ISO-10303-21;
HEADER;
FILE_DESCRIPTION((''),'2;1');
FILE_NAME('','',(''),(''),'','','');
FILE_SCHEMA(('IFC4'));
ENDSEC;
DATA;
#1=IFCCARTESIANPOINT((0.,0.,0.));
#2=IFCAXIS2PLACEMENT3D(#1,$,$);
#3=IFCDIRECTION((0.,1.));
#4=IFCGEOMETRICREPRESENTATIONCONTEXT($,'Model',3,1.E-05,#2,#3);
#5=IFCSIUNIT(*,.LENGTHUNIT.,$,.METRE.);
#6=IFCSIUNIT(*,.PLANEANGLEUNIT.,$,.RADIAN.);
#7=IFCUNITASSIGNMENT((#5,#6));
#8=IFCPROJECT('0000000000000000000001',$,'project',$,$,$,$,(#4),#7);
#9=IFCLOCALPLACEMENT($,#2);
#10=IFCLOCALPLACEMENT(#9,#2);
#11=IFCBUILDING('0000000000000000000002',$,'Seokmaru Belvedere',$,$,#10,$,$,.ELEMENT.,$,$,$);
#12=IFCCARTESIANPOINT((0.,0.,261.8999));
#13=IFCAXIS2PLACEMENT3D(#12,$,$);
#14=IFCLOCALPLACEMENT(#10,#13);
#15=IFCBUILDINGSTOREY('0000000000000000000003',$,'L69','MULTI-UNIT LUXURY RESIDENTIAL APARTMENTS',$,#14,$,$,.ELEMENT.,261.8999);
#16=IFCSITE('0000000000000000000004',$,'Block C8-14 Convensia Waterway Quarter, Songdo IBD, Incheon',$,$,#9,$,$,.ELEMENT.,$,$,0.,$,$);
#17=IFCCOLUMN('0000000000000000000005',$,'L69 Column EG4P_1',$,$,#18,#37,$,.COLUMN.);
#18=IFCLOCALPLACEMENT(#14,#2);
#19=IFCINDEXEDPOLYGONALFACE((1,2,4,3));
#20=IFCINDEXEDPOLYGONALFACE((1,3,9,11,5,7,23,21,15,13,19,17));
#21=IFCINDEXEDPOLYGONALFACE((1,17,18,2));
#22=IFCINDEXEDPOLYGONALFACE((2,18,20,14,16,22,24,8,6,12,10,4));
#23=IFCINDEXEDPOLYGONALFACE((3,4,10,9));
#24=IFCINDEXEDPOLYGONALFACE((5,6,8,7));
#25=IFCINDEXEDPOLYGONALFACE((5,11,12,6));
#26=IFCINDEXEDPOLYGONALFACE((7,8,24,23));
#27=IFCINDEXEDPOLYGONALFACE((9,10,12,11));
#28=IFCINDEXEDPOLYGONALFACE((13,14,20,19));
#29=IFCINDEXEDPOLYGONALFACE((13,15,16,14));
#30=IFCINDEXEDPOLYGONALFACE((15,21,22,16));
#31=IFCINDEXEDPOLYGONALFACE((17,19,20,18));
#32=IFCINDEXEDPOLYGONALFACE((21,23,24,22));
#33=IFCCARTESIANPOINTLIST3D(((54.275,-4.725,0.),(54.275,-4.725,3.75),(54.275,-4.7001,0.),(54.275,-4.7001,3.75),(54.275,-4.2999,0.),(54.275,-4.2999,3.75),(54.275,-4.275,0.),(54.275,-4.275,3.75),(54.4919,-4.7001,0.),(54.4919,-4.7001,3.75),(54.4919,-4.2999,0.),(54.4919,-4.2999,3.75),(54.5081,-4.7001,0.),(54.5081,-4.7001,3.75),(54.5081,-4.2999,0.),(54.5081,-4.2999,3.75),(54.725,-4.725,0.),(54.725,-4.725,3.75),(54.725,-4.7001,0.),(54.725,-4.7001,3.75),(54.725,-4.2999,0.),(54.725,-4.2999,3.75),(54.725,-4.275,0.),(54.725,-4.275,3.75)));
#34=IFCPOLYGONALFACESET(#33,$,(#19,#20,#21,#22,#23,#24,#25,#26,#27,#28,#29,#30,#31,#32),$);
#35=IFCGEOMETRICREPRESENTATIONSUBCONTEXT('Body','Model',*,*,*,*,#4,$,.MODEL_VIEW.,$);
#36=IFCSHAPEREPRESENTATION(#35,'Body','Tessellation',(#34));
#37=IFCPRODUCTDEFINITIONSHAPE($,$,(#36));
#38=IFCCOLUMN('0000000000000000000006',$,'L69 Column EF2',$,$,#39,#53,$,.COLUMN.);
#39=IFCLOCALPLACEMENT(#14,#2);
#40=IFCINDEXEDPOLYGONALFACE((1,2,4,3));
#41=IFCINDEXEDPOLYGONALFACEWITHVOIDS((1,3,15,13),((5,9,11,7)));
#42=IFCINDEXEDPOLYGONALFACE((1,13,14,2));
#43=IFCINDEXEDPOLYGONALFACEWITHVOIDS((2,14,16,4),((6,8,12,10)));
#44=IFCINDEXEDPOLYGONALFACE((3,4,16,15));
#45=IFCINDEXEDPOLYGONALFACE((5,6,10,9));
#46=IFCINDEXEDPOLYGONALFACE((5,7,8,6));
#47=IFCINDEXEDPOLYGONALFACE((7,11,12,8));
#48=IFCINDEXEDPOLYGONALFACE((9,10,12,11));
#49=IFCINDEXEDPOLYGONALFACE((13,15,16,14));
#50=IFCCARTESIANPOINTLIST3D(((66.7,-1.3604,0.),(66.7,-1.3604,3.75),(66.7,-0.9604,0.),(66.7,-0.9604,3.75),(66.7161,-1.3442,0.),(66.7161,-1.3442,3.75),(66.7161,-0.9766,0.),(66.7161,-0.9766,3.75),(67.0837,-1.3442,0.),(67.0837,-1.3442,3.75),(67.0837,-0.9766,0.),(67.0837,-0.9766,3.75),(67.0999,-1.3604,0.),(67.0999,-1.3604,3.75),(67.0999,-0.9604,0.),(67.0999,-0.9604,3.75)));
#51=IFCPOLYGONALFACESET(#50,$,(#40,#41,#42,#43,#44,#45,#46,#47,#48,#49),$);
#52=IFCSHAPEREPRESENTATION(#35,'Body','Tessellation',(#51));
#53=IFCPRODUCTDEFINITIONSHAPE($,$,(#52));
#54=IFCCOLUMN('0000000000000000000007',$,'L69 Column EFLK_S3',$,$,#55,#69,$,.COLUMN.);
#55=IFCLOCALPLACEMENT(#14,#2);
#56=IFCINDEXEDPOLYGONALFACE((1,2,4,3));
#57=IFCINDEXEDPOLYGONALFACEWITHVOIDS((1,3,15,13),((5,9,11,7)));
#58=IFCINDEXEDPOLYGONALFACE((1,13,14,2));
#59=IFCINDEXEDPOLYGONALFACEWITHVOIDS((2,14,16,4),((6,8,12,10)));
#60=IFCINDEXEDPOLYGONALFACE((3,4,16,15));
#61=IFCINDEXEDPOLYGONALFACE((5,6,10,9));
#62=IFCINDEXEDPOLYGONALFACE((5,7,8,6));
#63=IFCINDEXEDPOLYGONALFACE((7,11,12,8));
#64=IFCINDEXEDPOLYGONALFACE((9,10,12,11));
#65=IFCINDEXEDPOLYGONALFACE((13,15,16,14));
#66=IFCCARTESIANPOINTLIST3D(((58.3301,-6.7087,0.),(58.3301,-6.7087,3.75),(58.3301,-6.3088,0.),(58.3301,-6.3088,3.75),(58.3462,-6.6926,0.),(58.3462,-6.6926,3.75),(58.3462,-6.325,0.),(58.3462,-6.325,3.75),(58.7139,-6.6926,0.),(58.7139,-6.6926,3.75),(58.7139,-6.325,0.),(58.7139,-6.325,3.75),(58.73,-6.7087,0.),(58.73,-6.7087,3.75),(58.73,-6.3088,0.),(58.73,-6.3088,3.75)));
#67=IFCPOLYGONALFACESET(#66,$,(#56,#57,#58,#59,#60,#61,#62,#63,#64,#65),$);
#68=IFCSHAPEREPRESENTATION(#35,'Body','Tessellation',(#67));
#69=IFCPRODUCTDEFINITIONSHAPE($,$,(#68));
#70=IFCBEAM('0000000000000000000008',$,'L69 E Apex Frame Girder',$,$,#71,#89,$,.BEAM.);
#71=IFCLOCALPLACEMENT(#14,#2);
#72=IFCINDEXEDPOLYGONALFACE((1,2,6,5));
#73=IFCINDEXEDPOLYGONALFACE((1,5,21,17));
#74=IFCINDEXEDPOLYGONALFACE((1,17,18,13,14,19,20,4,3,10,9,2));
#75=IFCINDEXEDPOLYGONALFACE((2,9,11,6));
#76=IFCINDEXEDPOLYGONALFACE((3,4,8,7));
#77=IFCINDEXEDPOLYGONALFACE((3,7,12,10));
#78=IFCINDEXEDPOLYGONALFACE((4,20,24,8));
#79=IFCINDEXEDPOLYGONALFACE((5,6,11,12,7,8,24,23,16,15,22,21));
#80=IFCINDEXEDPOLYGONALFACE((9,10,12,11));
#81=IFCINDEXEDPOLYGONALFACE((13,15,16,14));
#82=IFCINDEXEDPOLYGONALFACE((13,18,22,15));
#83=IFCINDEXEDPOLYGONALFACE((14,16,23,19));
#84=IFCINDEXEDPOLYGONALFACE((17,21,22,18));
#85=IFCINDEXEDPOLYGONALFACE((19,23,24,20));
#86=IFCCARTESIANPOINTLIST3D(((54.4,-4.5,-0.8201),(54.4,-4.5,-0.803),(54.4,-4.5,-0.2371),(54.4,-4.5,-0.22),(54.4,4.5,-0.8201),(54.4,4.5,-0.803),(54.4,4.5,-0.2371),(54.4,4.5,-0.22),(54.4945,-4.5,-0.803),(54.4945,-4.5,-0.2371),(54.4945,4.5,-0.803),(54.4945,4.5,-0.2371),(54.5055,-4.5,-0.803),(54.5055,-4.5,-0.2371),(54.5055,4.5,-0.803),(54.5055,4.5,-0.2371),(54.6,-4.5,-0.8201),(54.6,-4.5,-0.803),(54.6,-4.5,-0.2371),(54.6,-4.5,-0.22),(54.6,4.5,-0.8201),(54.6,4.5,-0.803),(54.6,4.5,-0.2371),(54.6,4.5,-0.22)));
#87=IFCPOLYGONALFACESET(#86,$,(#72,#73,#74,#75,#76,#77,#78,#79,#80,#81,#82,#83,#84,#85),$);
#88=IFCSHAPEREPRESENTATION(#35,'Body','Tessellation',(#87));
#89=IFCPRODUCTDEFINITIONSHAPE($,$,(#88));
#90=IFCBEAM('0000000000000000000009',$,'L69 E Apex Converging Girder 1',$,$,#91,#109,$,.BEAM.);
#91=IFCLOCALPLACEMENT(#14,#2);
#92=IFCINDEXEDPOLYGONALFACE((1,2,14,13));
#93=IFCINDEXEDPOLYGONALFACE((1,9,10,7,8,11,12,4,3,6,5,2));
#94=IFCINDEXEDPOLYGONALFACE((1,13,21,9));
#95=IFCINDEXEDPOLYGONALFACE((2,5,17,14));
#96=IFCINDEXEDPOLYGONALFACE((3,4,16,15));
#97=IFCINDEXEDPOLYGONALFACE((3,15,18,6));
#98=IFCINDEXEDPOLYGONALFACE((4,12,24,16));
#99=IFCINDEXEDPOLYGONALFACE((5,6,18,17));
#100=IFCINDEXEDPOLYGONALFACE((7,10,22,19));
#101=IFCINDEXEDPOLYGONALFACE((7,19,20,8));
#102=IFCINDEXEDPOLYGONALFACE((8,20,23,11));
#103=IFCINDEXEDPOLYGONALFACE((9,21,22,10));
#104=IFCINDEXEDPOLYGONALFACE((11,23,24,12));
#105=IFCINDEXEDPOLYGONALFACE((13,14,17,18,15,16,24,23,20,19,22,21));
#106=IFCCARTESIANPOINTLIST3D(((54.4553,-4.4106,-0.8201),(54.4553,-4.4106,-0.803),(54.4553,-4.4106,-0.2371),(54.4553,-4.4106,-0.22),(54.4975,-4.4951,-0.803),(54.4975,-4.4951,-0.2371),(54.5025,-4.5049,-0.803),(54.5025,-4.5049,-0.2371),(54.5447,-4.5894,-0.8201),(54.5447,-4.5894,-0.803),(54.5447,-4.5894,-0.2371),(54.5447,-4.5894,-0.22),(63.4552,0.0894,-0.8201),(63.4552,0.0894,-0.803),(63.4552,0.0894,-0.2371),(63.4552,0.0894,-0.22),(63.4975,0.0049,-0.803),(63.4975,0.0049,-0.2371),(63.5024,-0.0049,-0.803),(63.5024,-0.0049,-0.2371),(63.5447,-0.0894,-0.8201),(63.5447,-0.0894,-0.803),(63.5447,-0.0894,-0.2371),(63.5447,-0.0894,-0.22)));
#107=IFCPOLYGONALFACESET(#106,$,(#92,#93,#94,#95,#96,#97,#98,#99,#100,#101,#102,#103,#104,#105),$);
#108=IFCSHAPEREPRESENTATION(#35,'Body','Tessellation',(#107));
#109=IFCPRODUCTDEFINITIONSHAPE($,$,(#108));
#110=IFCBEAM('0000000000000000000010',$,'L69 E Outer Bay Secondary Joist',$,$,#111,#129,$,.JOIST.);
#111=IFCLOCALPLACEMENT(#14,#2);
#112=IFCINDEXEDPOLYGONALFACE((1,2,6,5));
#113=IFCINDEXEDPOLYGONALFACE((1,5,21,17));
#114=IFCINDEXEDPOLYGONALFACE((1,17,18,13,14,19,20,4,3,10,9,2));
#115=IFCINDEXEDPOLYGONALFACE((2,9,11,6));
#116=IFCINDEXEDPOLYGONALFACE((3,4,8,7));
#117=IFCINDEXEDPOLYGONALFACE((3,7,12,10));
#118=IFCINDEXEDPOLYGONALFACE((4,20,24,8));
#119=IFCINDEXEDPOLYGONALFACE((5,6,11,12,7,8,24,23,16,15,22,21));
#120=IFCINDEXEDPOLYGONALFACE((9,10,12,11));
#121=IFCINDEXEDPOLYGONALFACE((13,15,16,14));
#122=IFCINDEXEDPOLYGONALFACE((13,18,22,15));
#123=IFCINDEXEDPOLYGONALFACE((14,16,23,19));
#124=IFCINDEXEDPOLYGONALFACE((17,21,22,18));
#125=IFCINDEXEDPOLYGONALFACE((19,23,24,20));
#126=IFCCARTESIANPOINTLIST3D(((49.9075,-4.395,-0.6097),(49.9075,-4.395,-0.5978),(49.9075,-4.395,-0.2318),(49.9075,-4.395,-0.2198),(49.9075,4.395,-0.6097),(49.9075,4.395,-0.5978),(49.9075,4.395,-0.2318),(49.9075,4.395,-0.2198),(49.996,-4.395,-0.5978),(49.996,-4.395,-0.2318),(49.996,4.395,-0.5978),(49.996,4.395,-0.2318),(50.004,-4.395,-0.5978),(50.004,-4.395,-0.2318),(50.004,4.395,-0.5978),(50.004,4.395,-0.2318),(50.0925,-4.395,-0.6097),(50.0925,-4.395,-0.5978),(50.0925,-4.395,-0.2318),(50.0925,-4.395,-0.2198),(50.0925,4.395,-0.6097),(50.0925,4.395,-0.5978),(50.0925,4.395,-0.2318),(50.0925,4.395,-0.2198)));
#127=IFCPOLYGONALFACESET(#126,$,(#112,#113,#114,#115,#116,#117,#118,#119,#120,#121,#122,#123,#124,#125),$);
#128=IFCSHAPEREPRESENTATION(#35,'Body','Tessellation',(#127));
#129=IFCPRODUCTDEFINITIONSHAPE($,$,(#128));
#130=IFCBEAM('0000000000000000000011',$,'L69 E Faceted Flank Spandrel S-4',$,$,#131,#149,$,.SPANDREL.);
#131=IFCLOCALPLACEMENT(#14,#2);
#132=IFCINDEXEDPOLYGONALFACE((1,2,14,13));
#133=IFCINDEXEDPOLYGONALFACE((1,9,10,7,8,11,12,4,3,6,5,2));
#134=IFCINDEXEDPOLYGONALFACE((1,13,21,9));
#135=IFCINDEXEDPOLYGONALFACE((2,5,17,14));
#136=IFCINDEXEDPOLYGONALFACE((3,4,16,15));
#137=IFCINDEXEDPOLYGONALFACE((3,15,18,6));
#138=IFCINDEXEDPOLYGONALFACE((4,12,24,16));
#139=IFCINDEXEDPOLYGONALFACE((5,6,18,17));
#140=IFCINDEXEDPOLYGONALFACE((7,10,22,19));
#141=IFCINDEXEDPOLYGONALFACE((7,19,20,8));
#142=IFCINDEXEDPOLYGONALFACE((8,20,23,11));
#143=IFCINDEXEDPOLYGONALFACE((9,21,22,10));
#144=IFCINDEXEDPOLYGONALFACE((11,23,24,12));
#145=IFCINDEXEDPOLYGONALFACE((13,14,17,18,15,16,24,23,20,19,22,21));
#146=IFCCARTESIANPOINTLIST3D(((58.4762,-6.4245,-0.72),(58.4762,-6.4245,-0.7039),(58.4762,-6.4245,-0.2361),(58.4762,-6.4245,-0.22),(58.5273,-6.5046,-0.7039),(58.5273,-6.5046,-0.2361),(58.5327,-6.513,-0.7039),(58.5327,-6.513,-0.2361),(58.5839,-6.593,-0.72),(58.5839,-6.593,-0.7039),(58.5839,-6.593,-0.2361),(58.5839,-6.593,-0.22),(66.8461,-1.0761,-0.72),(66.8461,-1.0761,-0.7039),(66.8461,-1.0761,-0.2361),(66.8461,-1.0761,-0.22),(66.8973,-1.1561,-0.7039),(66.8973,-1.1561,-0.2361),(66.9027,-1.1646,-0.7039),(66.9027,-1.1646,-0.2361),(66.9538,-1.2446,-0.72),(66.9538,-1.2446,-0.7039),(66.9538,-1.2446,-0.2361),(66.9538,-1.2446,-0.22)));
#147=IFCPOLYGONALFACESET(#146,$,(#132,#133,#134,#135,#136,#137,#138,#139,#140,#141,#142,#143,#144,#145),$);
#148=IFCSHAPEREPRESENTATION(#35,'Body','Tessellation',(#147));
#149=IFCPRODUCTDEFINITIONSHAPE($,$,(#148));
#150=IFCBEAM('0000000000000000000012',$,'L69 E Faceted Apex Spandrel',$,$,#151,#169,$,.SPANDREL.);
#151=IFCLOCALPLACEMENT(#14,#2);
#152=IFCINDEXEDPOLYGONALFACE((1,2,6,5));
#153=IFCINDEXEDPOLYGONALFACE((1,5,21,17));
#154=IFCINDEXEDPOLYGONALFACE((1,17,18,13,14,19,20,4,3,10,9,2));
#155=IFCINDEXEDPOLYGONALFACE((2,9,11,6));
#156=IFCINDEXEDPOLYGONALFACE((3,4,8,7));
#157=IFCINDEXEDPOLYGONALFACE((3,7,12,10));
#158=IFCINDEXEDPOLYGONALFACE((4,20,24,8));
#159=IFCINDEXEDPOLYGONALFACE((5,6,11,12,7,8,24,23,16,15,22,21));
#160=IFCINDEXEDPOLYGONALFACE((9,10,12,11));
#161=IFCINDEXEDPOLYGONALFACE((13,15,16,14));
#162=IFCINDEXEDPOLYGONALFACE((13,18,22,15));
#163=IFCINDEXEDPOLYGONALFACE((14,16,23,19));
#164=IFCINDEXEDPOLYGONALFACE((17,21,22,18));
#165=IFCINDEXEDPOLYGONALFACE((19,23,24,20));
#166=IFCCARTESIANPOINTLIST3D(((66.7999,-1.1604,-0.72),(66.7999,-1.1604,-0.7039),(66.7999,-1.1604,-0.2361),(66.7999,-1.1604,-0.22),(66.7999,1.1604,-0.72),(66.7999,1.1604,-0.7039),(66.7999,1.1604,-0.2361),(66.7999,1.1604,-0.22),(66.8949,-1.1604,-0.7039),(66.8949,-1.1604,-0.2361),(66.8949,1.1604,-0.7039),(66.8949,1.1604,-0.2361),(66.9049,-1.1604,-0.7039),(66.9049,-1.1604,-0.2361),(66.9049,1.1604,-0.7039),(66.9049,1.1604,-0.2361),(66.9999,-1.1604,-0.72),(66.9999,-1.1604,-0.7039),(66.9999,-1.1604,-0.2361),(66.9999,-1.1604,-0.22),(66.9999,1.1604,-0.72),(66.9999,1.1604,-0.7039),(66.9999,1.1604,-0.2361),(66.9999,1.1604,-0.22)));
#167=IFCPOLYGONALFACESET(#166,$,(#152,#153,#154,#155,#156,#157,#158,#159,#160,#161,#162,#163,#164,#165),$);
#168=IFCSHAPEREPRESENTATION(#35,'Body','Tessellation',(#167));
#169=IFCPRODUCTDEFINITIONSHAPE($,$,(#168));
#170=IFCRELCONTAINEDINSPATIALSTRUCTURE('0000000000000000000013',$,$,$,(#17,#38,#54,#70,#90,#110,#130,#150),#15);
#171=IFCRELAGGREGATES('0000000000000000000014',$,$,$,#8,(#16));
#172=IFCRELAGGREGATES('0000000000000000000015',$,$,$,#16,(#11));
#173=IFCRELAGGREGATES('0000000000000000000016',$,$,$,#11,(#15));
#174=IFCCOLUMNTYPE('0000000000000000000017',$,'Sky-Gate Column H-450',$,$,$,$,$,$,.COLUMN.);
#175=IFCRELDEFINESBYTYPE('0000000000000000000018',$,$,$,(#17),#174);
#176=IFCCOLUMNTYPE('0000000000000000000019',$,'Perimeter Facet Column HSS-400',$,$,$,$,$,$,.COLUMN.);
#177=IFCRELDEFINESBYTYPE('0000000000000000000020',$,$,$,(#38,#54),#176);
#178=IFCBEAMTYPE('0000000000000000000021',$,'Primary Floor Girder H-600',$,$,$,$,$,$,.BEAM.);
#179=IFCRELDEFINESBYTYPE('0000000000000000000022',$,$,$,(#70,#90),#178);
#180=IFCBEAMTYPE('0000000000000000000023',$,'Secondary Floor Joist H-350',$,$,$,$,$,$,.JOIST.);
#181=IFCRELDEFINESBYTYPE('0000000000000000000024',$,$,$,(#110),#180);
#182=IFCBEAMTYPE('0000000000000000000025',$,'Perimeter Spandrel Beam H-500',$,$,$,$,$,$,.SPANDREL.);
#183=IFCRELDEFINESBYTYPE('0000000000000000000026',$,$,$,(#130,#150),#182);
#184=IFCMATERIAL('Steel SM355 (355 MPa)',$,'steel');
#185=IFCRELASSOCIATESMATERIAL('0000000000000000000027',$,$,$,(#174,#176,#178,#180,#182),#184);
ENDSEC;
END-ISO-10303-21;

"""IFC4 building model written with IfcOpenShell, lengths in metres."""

from ifc_helpers import new_model, si_unit, direction, frame, origin, origin_2d, place, context, subcontext, project, spatial, hollow_rectangle, i_section, extrude, source, transform, mapped, material, material_profile, profile_set, type_object, type_shapes, element, save


model = new_model("IFC4")

# Units and contexts
model_context = context("Model", 3, precision=1e-05, world=origin(), true_north=direction((0.0, 1.0)))
body_context = subcontext(model_context, "Body", "Model", "MODEL_VIEW")
ifc_project = project(units=[si_unit("LENGTHUNIT", "METRE"), si_unit("PLANEANGLEUNIT", "RADIAN")], contexts=[model_context])

# Site, building, storey
site_placement = place(None, origin())
site = spatial("IfcSite", under=ifc_project, at=site_placement, Name="Block C8-14 Convensia Waterway Quarter, Songdo IBD, Incheon", CompositionType="ELEMENT", RefElevation=0.0)
building_placement = place(site_placement, origin())
building = spatial("IfcBuilding", under=site, at=building_placement, Name="Seokmaru Belvedere", CompositionType="ELEMENT")
storey_placement = place(building_placement, frame((0.0, 0.0, 261.8999)))
storey = spatial("IfcBuildingStorey", under=building, at=storey_placement, Name="L69", Description="MULTI-UNIT LUXURY RESIDENTIAL APARTMENTS", CompositionType="ELEMENT", Elevation=261.8999)

# Columns
ifc_material_1 = material(Name="Steel SM355 (355 MPa)", Category="steel")
ifc_material_profile_1 = material_profile(ifc_material_1, i_section(OverallWidth=0.45, OverallDepth=0.45, WebThickness=0.0161, FlangeThickness=0.0249, at=origin_2d()), Name="H-450x450x16x25")
ifc_profile_set_1 = profile_set([ifc_material_profile_1], Name="Steel SM355 (355 MPa)")
column_type_1 = type_object("IfcColumnType", Name="Sky-Gate Column H-450", PredefinedType="COLUMN", material=ifc_profile_set_1)
shared_shape_1 = source(origin(), body_context, "Body", "SweptSolid", [
    extrude(i_section(OverallWidth=0.45, OverallDepth=0.45, WebThickness=0.0161, FlangeThickness=0.0249, at=origin_2d()), origin(), (0.0, 0.0, 1.0), 3.75),
])
type_shapes(column_type_1, [shared_shape_1])
column_placement = place(storey_placement, frame((54.5, -4.5, 0.0), z_axis=(0.0, 0.0, 1.0), x_axis=(1.0, 0.0, 0.0)))
element("IfcColumn", 1, at=column_placement, inside=storey, type_object=column_type_1, Name="L69 Column EG4P_1", PredefinedType="COLUMN", context=body_context, shape_type="MappedRepresentation", body=[
    mapped(shared_shape_1, transform((0.0, 0.0, 0.0), scale=1.0)),
])
ifc_material_profile_2 = material_profile(ifc_material_1, hollow_rectangle(XDim=0.3999, YDim=0.3999, WallThickness=0.0161, at=origin_2d()), Name="HSS-400x400x16")
ifc_profile_set_2 = profile_set([ifc_material_profile_2], Name="Steel SM355 (355 MPa)")
column_type_2 = type_object("IfcColumnType", Name="Perimeter Facet Column HSS-400", PredefinedType="COLUMN", material=ifc_profile_set_2)
shared_shape_2 = source(origin(), body_context, "Body", "SweptSolid", [
    extrude(hollow_rectangle(XDim=0.3999, YDim=0.3999, WallThickness=0.0161, at=origin_2d()), origin(), (0.0, 0.0, 1.0), 3.75),
])
type_shapes(column_type_2, [shared_shape_2])
for number, where, z_axis, x_axis, name in (
    (2, (66.8999, -1.1604, 0.0), (0.0, 0.0, 1.0), (1.0, 0.0, 0.0), "L69 Column EF2"),
    (3, (58.53, -6.5088, 0.0), (0.0, 0.0, 1.0), (1.0, 0.0, 0.0), "L69 Column EFLK_S3"),
):
    element("IfcColumn", number, at=place(storey_placement, frame(where, z_axis=z_axis, x_axis=x_axis)), inside=storey, type_object=column_type_2, Name=name, PredefinedType="COLUMN", context=body_context, shape_type="MappedRepresentation", body=[
        mapped(shared_shape_2, transform((0.0, 0.0, 0.0), scale=1.0)),
    ])

# Beams
ifc_material_profile_3 = material_profile(ifc_material_1, i_section(OverallWidth=0.2, OverallDepth=0.6001, WebThickness=0.011, FlangeThickness=0.0171, at=origin_2d()), Name="H-600x200x11x17")
ifc_profile_set_3 = profile_set([ifc_material_profile_3], Name="Steel SM355 (355 MPa)")
beam_type_1 = type_object("IfcBeamType", Name="Primary Floor Girder H-600", PredefinedType="BEAM", material=ifc_profile_set_3)
shared_shape_3 = source(origin(), body_context, "Body", "SweptSolid", [
    extrude(i_section(OverallWidth=0.2, OverallDepth=0.6001, WebThickness=0.011, FlangeThickness=0.0171, at=origin_2d()), origin(), (0.0, 0.0, 1.0), 9.0),
])
beam_1_placement = place(storey_placement, frame((54.5, -4.5, -0.52), z_axis=(0.0, 1.0, 0.0), x_axis=(-1.0, 0.0, 0.0)))
element("IfcBeam", 4, at=beam_1_placement, inside=storey, type_object=beam_type_1, Name="L69 E Apex Frame Girder", PredefinedType="BEAM", context=body_context, shape_type="MappedRepresentation", body=[
    mapped(shared_shape_3, transform((0.0, 0.0, 0.0), scale=1.0)),
])
shared_shape_4 = source(origin(), body_context, "Body", "SweptSolid", [
    extrude(i_section(OverallWidth=0.2, OverallDepth=0.6001, WebThickness=0.011, FlangeThickness=0.0171, at=origin_2d()), origin(), (0.0, 0.0, 1.0), 10.0623),
])
beam_2_placement = place(storey_placement, frame((54.5, -4.5, -0.52), z_axis=(0.894427, 0.447214, 0.0), x_axis=(-0.447214, 0.894427, 0.0)))
element("IfcBeam", 5, at=beam_2_placement, inside=storey, type_object=beam_type_1, Name="L69 E Apex Converging Girder 1", PredefinedType="BEAM", context=body_context, shape_type="MappedRepresentation", body=[
    mapped(shared_shape_4, transform((0.0, 0.0, 0.0), scale=1.0)),
])
ifc_material_profile_4 = material_profile(ifc_material_1, i_section(OverallWidth=0.1851, OverallDepth=0.3899, WebThickness=0.0081, FlangeThickness=0.012, at=origin_2d()), Name="H-390x185x8x12")
ifc_profile_set_4 = profile_set([ifc_material_profile_4], Name="Steel SM355 (355 MPa)")
beam_type_2 = type_object("IfcBeamType", Name="Secondary Floor Joist H-350", PredefinedType="JOIST", material=ifc_profile_set_4)
shared_shape_5 = source(origin(), body_context, "Body", "SweptSolid", [
    extrude(i_section(OverallWidth=0.1851, OverallDepth=0.3899, WebThickness=0.0081, FlangeThickness=0.012, at=origin_2d()), origin(), (0.0, 0.0, 1.0), 8.79),
])
type_shapes(beam_type_2, [shared_shape_5])
beam_3_placement = place(storey_placement, frame((50.0, -4.395, -0.4148), z_axis=(0.0, 1.0, 0.0), x_axis=(-1.0, 0.0, 0.0)))
element("IfcBeam", 6, at=beam_3_placement, inside=storey, type_object=beam_type_2, Name="L69 E Outer Bay Secondary Joist", PredefinedType="JOIST", context=body_context, shape_type="MappedRepresentation", body=[
    mapped(shared_shape_5, transform((0.0, 0.0, 0.0), scale=1.0)),
])
ifc_material_profile_5 = material_profile(ifc_material_1, i_section(OverallWidth=0.2, OverallDepth=0.5, WebThickness=0.01, FlangeThickness=0.0161, at=origin_2d()), Name="H-500x200x10x16")
ifc_profile_set_5 = profile_set([ifc_material_profile_5], Name="Steel SM355 (355 MPa)")
beam_type_3 = type_object("IfcBeamType", Name="Perimeter Spandrel Beam H-500", PredefinedType="SPANDREL", material=ifc_profile_set_5)
shared_shape_6 = source(origin(), body_context, "Body", "SweptSolid", [
    extrude(i_section(OverallWidth=0.2, OverallDepth=0.5, WebThickness=0.01, FlangeThickness=0.0161, at=origin_2d()), origin(), (0.0, 0.0, 1.0), 9.9329),
])
beam_4_placement = place(storey_placement, frame((58.53, -6.5088, -0.47), z_axis=(0.842652, 0.538459, 0.0), x_axis=(-0.538459, 0.842652, 0.0)))
element("IfcBeam", 7, at=beam_4_placement, inside=storey, type_object=beam_type_3, Name="L69 E Faceted Flank Spandrel S-4", PredefinedType="SPANDREL", context=body_context, shape_type="MappedRepresentation", body=[
    mapped(shared_shape_6, transform((0.0, 0.0, 0.0), scale=1.0)),
])
shared_shape_7 = source(origin(), body_context, "Body", "SweptSolid", [
    extrude(i_section(OverallWidth=0.2, OverallDepth=0.5, WebThickness=0.01, FlangeThickness=0.0161, at=origin_2d()), origin(), (0.0, 0.0, 1.0), 2.3208),
])
type_shapes(beam_type_3, [shared_shape_6, shared_shape_7])
beam_5_placement = place(storey_placement, frame((66.8999, -1.1604, -0.47), z_axis=(0.0, 1.0, 0.0), x_axis=(-1.0, 0.0, 0.0)))
element("IfcBeam", 8, at=beam_5_placement, inside=storey, type_object=beam_type_3, Name="L69 E Faceted Apex Spandrel", PredefinedType="SPANDREL", context=body_context, shape_type="MappedRepresentation", body=[
    mapped(shared_shape_7, transform((0.0, 0.0, 0.0), scale=1.0)),
])

save(model, "model.ifc")
